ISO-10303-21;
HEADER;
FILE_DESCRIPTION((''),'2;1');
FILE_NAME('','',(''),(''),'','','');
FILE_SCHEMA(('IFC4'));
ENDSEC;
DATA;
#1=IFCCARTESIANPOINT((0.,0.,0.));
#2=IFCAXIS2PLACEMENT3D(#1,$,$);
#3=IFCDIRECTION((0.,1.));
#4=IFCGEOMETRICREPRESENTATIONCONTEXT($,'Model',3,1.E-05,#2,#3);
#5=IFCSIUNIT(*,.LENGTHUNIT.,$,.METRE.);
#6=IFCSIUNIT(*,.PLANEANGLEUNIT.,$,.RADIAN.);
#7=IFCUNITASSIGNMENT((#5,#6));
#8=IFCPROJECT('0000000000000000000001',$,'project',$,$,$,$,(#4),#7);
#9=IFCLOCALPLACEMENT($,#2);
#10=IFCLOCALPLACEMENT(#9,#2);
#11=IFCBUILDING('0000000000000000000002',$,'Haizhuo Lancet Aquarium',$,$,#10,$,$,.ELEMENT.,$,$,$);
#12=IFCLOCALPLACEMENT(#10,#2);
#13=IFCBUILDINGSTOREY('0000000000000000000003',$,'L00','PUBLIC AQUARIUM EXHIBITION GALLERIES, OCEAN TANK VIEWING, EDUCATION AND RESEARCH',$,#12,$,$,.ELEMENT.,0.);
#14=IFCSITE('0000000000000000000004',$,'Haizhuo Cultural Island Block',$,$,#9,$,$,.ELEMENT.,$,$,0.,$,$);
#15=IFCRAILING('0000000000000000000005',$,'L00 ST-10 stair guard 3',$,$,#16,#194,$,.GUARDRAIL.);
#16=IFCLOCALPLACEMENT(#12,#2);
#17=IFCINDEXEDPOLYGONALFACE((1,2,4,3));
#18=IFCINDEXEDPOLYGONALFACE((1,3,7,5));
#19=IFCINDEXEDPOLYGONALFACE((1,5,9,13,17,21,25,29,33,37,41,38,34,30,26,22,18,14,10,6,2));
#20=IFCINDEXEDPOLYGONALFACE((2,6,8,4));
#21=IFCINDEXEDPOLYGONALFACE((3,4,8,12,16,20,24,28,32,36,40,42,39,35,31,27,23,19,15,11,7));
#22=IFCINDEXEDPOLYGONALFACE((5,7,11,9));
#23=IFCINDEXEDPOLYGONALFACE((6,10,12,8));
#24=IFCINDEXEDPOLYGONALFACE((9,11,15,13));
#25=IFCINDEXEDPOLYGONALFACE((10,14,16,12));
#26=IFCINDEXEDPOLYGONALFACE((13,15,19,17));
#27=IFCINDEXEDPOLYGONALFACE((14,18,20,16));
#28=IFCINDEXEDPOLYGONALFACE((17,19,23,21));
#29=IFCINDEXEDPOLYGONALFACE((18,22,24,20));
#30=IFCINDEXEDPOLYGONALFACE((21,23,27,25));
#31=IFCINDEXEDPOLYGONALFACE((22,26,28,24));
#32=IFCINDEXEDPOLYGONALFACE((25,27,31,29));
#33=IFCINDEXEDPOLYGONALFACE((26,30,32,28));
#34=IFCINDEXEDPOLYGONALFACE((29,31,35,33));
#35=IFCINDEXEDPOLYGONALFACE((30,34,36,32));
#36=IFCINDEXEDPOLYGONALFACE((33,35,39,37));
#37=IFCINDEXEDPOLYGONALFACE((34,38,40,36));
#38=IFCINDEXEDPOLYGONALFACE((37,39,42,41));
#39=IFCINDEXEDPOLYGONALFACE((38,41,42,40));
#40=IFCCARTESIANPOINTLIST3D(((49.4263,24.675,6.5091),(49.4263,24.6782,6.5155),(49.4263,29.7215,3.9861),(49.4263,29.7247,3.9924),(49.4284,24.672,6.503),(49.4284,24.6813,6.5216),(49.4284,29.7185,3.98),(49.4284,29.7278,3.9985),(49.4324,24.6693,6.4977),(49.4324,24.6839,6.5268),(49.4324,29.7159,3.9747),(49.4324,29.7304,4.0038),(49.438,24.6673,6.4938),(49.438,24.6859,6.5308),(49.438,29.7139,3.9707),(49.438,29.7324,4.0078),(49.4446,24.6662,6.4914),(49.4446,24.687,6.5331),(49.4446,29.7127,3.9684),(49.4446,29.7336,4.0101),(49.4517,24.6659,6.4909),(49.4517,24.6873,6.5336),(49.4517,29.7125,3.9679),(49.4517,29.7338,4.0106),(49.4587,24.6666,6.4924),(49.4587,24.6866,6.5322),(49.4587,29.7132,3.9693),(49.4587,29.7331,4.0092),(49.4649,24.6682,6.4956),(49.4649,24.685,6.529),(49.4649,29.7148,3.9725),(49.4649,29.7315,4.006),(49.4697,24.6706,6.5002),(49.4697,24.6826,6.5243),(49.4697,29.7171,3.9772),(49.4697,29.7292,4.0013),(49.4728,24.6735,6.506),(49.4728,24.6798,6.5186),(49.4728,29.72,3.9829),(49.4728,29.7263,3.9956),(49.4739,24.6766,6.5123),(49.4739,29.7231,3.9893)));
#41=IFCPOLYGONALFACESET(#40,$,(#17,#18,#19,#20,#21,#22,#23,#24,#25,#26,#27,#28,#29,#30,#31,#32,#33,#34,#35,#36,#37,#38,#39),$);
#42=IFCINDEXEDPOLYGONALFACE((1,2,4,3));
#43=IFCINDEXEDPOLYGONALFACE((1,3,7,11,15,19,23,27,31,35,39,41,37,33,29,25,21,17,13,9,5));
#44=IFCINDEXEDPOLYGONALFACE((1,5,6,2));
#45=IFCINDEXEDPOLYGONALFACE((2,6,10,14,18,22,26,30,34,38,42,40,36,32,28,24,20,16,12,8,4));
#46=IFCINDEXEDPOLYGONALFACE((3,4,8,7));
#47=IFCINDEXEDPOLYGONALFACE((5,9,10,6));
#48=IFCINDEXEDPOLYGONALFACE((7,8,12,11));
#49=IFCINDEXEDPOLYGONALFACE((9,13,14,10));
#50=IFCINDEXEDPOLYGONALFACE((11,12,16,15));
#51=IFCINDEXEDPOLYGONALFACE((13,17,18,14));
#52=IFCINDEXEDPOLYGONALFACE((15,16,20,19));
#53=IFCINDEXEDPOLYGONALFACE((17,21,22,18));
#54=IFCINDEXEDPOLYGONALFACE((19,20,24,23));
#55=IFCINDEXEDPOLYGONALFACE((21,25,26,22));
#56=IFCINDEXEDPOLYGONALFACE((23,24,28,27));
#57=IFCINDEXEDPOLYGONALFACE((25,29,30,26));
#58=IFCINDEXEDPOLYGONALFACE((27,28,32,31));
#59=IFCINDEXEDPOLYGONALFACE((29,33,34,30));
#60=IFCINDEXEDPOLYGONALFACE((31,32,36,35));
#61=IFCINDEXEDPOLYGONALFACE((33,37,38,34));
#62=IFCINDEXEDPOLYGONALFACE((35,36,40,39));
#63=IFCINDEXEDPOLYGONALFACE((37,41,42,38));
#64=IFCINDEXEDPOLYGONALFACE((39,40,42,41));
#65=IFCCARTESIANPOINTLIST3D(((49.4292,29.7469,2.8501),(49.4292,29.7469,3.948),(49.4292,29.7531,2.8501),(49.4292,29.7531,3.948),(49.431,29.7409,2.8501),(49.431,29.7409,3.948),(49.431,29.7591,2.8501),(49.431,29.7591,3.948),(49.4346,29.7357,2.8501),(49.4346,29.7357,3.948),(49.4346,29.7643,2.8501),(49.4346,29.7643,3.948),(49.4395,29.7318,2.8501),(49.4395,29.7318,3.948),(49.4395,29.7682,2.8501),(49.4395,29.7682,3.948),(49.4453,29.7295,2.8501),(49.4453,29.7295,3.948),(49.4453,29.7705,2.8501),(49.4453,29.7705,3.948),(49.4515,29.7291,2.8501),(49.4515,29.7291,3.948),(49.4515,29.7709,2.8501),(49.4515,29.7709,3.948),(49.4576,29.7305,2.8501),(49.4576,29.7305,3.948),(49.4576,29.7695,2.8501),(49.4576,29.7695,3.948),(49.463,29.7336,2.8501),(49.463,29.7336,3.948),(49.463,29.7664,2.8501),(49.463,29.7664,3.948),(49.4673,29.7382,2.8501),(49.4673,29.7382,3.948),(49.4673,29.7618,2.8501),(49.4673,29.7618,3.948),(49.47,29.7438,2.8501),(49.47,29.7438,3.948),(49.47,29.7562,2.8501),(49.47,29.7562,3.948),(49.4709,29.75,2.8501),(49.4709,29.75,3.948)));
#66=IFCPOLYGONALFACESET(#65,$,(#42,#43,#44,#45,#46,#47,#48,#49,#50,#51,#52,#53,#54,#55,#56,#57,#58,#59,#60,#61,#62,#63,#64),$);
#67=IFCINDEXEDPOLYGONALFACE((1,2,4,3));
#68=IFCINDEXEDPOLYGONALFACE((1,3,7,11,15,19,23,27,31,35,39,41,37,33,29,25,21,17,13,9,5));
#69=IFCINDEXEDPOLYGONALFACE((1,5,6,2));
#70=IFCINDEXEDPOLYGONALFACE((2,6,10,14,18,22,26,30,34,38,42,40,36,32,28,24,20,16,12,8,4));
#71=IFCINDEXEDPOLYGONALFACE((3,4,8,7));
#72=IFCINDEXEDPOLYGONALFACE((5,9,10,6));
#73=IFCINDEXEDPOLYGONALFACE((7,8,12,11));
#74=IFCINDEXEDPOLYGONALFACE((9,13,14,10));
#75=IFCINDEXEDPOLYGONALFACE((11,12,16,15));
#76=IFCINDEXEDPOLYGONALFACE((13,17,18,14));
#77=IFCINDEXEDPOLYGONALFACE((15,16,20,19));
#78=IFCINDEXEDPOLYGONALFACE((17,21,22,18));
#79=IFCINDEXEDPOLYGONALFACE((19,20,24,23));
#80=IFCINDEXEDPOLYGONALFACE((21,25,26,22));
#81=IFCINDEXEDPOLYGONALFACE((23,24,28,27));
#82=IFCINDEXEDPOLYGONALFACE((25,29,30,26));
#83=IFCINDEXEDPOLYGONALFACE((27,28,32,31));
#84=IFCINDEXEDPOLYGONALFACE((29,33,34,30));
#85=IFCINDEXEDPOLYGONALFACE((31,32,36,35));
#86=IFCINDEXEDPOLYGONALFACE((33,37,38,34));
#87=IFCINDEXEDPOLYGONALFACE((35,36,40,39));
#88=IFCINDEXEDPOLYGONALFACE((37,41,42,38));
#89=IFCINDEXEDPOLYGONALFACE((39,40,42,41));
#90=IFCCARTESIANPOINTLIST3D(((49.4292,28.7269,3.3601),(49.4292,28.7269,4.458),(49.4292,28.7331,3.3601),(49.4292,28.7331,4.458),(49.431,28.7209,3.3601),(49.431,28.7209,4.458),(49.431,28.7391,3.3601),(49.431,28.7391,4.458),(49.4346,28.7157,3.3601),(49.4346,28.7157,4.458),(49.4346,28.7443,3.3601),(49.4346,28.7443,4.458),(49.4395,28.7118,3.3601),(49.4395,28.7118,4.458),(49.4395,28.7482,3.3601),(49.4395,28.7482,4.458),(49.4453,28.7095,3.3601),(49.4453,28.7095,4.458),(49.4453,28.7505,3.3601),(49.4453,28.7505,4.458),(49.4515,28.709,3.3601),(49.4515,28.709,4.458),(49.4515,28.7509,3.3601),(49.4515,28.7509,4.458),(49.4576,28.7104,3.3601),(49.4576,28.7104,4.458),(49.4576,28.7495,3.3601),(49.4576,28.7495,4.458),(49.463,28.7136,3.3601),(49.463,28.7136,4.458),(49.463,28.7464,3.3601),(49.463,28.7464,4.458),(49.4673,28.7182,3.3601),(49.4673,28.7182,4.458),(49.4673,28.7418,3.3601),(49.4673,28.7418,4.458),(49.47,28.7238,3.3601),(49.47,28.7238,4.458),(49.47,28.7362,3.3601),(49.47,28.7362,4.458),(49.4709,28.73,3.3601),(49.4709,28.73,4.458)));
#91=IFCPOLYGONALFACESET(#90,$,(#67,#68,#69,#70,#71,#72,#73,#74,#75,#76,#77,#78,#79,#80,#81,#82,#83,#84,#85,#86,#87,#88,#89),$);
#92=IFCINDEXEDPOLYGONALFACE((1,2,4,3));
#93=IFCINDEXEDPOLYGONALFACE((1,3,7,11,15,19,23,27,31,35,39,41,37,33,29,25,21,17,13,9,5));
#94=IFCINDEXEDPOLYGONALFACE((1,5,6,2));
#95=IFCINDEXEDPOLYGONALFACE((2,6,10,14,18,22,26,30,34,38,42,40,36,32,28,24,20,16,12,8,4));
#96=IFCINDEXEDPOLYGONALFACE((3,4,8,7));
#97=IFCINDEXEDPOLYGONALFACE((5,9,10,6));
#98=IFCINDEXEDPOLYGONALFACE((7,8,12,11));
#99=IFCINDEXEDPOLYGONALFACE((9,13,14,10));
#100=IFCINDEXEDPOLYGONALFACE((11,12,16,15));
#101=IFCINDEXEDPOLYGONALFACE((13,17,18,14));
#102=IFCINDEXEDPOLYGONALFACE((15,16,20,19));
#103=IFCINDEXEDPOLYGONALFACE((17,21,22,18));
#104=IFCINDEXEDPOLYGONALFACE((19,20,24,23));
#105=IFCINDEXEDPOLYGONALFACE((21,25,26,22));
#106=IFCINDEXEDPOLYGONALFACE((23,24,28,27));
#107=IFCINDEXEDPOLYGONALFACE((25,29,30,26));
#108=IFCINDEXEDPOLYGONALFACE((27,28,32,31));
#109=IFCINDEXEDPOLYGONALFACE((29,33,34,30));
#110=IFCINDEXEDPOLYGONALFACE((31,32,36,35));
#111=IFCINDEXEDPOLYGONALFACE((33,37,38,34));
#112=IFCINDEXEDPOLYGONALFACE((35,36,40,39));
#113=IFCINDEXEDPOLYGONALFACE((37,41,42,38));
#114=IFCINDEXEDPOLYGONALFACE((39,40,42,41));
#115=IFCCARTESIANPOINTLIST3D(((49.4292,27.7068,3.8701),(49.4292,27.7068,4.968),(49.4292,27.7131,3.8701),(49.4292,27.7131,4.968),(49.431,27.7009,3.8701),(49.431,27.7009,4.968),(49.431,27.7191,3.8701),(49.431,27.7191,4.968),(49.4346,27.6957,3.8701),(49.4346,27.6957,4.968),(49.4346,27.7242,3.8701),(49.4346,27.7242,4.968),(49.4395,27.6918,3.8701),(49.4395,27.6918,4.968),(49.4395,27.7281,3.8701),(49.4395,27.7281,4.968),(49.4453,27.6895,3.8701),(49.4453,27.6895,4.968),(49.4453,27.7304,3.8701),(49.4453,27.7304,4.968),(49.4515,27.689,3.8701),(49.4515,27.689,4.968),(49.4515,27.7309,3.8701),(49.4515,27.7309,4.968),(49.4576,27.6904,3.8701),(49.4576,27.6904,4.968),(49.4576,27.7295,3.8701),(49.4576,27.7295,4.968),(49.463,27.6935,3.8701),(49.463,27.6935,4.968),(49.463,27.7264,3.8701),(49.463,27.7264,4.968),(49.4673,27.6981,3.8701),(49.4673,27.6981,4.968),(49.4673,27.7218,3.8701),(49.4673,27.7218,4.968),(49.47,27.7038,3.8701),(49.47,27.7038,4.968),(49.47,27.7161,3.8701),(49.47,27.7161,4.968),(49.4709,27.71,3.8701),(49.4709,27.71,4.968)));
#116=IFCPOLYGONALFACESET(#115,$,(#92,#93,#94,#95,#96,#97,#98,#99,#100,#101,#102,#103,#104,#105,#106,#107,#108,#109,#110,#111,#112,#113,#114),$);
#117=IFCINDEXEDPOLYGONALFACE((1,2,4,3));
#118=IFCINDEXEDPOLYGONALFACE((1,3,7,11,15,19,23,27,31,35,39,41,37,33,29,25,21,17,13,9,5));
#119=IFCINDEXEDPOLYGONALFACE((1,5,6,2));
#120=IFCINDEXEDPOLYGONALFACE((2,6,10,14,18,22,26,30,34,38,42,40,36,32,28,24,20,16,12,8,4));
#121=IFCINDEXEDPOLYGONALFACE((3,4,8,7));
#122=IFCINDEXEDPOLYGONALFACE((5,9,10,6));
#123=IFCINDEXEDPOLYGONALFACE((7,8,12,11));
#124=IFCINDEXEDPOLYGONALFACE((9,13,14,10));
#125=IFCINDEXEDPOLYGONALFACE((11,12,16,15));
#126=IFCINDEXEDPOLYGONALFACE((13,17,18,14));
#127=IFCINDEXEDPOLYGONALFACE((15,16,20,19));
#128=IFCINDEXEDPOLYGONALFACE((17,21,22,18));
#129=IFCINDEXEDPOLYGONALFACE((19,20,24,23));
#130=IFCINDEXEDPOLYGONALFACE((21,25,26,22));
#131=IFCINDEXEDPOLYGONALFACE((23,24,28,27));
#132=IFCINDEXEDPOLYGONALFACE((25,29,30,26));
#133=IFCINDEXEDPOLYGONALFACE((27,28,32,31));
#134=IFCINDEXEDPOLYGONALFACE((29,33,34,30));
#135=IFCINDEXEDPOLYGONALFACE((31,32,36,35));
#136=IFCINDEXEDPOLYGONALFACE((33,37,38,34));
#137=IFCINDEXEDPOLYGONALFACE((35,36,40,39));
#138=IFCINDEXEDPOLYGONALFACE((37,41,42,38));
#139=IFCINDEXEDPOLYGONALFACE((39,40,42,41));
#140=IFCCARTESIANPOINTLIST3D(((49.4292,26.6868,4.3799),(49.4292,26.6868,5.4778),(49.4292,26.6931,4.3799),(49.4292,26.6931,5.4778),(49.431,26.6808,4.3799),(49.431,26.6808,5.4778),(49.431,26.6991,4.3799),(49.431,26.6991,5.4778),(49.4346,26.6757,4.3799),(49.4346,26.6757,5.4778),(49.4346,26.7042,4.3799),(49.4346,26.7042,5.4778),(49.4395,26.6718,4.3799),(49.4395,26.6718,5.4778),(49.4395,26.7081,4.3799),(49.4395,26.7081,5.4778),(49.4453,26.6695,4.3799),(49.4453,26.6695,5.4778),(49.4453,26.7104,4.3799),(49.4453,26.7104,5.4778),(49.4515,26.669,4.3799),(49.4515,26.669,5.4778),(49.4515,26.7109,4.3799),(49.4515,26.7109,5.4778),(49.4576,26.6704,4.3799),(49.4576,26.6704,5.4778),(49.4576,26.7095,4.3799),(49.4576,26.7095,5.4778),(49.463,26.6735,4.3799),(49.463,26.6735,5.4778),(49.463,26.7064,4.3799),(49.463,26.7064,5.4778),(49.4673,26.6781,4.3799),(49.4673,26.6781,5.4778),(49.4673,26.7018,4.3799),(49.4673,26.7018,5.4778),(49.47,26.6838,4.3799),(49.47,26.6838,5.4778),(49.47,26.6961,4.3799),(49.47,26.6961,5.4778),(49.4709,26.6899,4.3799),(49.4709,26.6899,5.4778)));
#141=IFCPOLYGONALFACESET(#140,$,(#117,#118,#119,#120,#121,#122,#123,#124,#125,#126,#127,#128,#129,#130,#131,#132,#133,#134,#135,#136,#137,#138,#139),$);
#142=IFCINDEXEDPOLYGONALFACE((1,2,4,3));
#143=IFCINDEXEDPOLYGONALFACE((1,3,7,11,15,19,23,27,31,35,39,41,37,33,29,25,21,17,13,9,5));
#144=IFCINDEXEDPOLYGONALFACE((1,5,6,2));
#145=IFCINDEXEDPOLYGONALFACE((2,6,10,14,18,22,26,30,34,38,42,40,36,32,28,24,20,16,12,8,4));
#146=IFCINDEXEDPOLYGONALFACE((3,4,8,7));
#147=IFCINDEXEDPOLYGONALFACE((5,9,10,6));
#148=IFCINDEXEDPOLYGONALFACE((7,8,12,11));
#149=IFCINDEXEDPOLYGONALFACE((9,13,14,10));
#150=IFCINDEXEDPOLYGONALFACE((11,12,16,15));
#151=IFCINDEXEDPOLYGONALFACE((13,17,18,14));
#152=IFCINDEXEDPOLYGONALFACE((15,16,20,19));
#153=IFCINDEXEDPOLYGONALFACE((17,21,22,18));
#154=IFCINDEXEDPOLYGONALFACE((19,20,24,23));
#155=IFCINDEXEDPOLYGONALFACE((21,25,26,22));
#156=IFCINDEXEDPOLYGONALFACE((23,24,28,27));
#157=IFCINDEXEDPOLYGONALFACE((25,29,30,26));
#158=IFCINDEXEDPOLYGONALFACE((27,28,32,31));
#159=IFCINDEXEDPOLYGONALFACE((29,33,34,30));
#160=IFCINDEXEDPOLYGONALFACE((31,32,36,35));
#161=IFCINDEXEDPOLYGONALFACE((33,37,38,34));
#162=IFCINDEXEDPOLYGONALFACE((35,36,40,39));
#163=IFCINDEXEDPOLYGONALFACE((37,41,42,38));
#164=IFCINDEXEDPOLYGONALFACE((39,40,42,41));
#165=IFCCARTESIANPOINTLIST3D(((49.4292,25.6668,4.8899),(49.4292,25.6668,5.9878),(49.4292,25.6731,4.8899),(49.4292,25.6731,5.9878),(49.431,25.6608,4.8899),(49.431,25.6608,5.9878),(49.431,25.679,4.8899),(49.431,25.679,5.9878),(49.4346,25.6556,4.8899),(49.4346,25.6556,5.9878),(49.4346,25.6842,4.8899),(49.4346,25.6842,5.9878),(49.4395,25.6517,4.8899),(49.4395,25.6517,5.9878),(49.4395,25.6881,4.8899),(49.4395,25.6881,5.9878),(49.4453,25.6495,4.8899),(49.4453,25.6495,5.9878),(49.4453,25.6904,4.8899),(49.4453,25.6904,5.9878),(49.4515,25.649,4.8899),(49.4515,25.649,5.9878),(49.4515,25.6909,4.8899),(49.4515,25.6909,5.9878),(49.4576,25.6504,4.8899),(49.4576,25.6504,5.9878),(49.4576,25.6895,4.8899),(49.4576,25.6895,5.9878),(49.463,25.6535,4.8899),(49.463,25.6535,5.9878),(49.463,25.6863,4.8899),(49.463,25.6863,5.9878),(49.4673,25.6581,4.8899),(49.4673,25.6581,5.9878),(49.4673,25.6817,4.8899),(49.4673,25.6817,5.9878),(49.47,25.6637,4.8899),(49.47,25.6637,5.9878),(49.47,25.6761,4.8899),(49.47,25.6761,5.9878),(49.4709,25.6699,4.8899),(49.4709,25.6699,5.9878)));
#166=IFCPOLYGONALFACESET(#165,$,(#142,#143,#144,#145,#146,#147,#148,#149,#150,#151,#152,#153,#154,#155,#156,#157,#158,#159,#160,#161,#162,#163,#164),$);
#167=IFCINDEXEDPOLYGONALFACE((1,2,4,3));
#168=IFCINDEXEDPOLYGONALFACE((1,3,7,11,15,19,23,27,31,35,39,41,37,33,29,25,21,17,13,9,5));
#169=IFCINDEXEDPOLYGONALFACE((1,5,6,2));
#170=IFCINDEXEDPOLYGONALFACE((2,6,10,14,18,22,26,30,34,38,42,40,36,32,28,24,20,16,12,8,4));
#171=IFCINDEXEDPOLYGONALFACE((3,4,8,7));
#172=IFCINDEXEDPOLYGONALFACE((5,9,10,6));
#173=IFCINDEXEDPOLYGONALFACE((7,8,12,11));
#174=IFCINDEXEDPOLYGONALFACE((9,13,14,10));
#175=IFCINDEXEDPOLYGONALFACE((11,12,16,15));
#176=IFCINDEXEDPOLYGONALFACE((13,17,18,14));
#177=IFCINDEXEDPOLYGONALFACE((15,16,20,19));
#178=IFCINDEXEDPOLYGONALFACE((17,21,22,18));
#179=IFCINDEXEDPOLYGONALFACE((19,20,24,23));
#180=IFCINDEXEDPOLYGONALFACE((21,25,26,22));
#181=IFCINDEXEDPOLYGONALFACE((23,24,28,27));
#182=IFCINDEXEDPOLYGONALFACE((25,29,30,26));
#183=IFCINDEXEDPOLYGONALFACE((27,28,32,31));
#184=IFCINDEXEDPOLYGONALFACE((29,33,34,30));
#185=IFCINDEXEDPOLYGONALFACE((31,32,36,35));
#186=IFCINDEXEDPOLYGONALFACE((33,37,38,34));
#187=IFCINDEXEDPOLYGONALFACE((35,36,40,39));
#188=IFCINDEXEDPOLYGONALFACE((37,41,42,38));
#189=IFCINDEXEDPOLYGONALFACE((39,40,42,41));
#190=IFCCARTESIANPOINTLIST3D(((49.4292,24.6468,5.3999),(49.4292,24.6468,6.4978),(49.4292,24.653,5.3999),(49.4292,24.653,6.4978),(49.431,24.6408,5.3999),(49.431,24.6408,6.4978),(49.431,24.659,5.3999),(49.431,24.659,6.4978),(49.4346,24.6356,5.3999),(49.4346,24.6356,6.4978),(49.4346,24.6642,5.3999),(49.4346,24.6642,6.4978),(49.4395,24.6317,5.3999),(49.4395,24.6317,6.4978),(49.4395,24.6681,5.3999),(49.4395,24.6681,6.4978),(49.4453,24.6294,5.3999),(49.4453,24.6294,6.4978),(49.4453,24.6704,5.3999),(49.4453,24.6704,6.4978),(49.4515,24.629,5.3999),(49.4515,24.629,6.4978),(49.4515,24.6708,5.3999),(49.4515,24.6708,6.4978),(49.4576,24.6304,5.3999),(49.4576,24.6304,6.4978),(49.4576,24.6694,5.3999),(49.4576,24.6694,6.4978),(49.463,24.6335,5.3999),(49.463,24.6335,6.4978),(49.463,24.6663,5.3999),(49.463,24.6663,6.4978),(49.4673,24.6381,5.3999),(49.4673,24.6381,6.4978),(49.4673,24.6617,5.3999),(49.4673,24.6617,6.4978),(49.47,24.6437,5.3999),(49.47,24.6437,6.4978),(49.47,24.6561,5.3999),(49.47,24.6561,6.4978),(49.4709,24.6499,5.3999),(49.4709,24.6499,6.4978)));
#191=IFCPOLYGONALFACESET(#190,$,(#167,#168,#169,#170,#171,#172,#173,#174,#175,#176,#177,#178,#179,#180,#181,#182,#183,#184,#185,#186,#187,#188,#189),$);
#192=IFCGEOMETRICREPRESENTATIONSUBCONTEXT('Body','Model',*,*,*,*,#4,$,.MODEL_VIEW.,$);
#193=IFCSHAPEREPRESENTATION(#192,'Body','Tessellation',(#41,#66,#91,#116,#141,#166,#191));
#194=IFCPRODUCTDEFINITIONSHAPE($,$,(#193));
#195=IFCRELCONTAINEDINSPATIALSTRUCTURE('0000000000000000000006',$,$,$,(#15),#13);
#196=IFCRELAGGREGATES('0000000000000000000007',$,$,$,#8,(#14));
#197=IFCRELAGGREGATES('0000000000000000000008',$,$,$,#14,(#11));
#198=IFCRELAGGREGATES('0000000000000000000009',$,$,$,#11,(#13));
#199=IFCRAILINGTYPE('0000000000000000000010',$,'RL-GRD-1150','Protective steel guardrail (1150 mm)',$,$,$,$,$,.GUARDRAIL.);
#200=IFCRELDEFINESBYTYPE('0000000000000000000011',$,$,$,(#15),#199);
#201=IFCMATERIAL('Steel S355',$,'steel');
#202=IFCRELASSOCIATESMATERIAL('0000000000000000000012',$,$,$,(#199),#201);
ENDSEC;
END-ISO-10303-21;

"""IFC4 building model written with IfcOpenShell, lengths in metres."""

from ifc_helpers import new_model, si_unit, direction, frame, origin, origin_2d, place, context, subcontext, project, spatial, circle, extrude, material, type_object, element, save


model = new_model("IFC4")

# Units and contexts
model_context = context("Model", 3, precision=1e-05, world=origin(), true_north=direction((0.0, 1.0)))
body_context = subcontext(model_context, "Body", "Model", "MODEL_VIEW")
ifc_project = project(units=[si_unit("LENGTHUNIT", "METRE"), si_unit("PLANEANGLEUNIT", "RADIAN")], contexts=[model_context])

# Site, building, storey
site_placement = place(None, origin())
site = spatial("IfcSite", under=ifc_project, at=site_placement, Name="Haizhuo Cultural Island Block", CompositionType="ELEMENT", RefElevation=0.0)
building_placement = place(site_placement, origin())
building = spatial("IfcBuilding", under=site, at=building_placement, Name="Haizhuo Lancet Aquarium", CompositionType="ELEMENT")
storey_placement = place(building_placement, origin())
storey = spatial("IfcBuildingStorey", under=building, at=storey_placement, Name="L00", Description="PUBLIC AQUARIUM EXHIBITION GALLERIES, OCEAN TANK VIEWING, EDUCATION AND RESEARCH", CompositionType="ELEMENT", Elevation=0.0)

# Shared definitions
ifc_material_1 = material(Name="Steel S355", Category="steel")

# Railing
railing_type_1 = type_object("IfcRailingType", Name="RL-GRD-1150", Description="Protective steel guardrail (1150 mm)", PredefinedType="GUARDRAIL", material=ifc_material_1)
railing_1_placement = place(storey_placement, frame((49.45, 29.75, 2.8501)))
element("IfcRailing", 1, at=railing_1_placement, inside=storey, type_object=railing_type_1, Name="L00 ST-10 stair guard 3", PredefinedType="GUARDRAIL", context=body_context, shape_type="SweptSolid", body=[
    extrude(circle(Radius=0.0239, at=origin_2d()), frame((0.0, -0.0269, 1.1392), z_axis=(0.0, -0.894444, 0.447179), x_axis=(1.0, 0.0, 0.0)), (0.0, 0.0, 1.0), 5.6421),
    extrude(circle(Radius=0.021, at=origin_2d()), origin(), (0.0, 0.0, 1.0), 1.0979),
    extrude(circle(Radius=0.021, at=origin_2d()), frame((0.0, -1.02, 0.51)), (0.0, 0.0, 1.0), 1.0979),
    extrude(circle(Radius=0.021, at=origin_2d()), frame((0.0, -2.04, 1.02)), (0.0, 0.0, 1.0), 1.0979),
    extrude(circle(Radius=0.021, at=origin_2d()), frame((0.0, -3.0601, 1.5298)), (0.0, 0.0, 1.0), 1.0979),
    extrude(circle(Radius=0.021, at=origin_2d()), frame((0.0, -4.0801, 2.0398)), (0.0, 0.0, 1.0), 1.0979),
    extrude(circle(Radius=0.021, at=origin_2d()), frame((0.0, -5.1001, 2.5498)), (0.0, 0.0, 1.0), 1.0979),
])

save(model, "model.ifc")
